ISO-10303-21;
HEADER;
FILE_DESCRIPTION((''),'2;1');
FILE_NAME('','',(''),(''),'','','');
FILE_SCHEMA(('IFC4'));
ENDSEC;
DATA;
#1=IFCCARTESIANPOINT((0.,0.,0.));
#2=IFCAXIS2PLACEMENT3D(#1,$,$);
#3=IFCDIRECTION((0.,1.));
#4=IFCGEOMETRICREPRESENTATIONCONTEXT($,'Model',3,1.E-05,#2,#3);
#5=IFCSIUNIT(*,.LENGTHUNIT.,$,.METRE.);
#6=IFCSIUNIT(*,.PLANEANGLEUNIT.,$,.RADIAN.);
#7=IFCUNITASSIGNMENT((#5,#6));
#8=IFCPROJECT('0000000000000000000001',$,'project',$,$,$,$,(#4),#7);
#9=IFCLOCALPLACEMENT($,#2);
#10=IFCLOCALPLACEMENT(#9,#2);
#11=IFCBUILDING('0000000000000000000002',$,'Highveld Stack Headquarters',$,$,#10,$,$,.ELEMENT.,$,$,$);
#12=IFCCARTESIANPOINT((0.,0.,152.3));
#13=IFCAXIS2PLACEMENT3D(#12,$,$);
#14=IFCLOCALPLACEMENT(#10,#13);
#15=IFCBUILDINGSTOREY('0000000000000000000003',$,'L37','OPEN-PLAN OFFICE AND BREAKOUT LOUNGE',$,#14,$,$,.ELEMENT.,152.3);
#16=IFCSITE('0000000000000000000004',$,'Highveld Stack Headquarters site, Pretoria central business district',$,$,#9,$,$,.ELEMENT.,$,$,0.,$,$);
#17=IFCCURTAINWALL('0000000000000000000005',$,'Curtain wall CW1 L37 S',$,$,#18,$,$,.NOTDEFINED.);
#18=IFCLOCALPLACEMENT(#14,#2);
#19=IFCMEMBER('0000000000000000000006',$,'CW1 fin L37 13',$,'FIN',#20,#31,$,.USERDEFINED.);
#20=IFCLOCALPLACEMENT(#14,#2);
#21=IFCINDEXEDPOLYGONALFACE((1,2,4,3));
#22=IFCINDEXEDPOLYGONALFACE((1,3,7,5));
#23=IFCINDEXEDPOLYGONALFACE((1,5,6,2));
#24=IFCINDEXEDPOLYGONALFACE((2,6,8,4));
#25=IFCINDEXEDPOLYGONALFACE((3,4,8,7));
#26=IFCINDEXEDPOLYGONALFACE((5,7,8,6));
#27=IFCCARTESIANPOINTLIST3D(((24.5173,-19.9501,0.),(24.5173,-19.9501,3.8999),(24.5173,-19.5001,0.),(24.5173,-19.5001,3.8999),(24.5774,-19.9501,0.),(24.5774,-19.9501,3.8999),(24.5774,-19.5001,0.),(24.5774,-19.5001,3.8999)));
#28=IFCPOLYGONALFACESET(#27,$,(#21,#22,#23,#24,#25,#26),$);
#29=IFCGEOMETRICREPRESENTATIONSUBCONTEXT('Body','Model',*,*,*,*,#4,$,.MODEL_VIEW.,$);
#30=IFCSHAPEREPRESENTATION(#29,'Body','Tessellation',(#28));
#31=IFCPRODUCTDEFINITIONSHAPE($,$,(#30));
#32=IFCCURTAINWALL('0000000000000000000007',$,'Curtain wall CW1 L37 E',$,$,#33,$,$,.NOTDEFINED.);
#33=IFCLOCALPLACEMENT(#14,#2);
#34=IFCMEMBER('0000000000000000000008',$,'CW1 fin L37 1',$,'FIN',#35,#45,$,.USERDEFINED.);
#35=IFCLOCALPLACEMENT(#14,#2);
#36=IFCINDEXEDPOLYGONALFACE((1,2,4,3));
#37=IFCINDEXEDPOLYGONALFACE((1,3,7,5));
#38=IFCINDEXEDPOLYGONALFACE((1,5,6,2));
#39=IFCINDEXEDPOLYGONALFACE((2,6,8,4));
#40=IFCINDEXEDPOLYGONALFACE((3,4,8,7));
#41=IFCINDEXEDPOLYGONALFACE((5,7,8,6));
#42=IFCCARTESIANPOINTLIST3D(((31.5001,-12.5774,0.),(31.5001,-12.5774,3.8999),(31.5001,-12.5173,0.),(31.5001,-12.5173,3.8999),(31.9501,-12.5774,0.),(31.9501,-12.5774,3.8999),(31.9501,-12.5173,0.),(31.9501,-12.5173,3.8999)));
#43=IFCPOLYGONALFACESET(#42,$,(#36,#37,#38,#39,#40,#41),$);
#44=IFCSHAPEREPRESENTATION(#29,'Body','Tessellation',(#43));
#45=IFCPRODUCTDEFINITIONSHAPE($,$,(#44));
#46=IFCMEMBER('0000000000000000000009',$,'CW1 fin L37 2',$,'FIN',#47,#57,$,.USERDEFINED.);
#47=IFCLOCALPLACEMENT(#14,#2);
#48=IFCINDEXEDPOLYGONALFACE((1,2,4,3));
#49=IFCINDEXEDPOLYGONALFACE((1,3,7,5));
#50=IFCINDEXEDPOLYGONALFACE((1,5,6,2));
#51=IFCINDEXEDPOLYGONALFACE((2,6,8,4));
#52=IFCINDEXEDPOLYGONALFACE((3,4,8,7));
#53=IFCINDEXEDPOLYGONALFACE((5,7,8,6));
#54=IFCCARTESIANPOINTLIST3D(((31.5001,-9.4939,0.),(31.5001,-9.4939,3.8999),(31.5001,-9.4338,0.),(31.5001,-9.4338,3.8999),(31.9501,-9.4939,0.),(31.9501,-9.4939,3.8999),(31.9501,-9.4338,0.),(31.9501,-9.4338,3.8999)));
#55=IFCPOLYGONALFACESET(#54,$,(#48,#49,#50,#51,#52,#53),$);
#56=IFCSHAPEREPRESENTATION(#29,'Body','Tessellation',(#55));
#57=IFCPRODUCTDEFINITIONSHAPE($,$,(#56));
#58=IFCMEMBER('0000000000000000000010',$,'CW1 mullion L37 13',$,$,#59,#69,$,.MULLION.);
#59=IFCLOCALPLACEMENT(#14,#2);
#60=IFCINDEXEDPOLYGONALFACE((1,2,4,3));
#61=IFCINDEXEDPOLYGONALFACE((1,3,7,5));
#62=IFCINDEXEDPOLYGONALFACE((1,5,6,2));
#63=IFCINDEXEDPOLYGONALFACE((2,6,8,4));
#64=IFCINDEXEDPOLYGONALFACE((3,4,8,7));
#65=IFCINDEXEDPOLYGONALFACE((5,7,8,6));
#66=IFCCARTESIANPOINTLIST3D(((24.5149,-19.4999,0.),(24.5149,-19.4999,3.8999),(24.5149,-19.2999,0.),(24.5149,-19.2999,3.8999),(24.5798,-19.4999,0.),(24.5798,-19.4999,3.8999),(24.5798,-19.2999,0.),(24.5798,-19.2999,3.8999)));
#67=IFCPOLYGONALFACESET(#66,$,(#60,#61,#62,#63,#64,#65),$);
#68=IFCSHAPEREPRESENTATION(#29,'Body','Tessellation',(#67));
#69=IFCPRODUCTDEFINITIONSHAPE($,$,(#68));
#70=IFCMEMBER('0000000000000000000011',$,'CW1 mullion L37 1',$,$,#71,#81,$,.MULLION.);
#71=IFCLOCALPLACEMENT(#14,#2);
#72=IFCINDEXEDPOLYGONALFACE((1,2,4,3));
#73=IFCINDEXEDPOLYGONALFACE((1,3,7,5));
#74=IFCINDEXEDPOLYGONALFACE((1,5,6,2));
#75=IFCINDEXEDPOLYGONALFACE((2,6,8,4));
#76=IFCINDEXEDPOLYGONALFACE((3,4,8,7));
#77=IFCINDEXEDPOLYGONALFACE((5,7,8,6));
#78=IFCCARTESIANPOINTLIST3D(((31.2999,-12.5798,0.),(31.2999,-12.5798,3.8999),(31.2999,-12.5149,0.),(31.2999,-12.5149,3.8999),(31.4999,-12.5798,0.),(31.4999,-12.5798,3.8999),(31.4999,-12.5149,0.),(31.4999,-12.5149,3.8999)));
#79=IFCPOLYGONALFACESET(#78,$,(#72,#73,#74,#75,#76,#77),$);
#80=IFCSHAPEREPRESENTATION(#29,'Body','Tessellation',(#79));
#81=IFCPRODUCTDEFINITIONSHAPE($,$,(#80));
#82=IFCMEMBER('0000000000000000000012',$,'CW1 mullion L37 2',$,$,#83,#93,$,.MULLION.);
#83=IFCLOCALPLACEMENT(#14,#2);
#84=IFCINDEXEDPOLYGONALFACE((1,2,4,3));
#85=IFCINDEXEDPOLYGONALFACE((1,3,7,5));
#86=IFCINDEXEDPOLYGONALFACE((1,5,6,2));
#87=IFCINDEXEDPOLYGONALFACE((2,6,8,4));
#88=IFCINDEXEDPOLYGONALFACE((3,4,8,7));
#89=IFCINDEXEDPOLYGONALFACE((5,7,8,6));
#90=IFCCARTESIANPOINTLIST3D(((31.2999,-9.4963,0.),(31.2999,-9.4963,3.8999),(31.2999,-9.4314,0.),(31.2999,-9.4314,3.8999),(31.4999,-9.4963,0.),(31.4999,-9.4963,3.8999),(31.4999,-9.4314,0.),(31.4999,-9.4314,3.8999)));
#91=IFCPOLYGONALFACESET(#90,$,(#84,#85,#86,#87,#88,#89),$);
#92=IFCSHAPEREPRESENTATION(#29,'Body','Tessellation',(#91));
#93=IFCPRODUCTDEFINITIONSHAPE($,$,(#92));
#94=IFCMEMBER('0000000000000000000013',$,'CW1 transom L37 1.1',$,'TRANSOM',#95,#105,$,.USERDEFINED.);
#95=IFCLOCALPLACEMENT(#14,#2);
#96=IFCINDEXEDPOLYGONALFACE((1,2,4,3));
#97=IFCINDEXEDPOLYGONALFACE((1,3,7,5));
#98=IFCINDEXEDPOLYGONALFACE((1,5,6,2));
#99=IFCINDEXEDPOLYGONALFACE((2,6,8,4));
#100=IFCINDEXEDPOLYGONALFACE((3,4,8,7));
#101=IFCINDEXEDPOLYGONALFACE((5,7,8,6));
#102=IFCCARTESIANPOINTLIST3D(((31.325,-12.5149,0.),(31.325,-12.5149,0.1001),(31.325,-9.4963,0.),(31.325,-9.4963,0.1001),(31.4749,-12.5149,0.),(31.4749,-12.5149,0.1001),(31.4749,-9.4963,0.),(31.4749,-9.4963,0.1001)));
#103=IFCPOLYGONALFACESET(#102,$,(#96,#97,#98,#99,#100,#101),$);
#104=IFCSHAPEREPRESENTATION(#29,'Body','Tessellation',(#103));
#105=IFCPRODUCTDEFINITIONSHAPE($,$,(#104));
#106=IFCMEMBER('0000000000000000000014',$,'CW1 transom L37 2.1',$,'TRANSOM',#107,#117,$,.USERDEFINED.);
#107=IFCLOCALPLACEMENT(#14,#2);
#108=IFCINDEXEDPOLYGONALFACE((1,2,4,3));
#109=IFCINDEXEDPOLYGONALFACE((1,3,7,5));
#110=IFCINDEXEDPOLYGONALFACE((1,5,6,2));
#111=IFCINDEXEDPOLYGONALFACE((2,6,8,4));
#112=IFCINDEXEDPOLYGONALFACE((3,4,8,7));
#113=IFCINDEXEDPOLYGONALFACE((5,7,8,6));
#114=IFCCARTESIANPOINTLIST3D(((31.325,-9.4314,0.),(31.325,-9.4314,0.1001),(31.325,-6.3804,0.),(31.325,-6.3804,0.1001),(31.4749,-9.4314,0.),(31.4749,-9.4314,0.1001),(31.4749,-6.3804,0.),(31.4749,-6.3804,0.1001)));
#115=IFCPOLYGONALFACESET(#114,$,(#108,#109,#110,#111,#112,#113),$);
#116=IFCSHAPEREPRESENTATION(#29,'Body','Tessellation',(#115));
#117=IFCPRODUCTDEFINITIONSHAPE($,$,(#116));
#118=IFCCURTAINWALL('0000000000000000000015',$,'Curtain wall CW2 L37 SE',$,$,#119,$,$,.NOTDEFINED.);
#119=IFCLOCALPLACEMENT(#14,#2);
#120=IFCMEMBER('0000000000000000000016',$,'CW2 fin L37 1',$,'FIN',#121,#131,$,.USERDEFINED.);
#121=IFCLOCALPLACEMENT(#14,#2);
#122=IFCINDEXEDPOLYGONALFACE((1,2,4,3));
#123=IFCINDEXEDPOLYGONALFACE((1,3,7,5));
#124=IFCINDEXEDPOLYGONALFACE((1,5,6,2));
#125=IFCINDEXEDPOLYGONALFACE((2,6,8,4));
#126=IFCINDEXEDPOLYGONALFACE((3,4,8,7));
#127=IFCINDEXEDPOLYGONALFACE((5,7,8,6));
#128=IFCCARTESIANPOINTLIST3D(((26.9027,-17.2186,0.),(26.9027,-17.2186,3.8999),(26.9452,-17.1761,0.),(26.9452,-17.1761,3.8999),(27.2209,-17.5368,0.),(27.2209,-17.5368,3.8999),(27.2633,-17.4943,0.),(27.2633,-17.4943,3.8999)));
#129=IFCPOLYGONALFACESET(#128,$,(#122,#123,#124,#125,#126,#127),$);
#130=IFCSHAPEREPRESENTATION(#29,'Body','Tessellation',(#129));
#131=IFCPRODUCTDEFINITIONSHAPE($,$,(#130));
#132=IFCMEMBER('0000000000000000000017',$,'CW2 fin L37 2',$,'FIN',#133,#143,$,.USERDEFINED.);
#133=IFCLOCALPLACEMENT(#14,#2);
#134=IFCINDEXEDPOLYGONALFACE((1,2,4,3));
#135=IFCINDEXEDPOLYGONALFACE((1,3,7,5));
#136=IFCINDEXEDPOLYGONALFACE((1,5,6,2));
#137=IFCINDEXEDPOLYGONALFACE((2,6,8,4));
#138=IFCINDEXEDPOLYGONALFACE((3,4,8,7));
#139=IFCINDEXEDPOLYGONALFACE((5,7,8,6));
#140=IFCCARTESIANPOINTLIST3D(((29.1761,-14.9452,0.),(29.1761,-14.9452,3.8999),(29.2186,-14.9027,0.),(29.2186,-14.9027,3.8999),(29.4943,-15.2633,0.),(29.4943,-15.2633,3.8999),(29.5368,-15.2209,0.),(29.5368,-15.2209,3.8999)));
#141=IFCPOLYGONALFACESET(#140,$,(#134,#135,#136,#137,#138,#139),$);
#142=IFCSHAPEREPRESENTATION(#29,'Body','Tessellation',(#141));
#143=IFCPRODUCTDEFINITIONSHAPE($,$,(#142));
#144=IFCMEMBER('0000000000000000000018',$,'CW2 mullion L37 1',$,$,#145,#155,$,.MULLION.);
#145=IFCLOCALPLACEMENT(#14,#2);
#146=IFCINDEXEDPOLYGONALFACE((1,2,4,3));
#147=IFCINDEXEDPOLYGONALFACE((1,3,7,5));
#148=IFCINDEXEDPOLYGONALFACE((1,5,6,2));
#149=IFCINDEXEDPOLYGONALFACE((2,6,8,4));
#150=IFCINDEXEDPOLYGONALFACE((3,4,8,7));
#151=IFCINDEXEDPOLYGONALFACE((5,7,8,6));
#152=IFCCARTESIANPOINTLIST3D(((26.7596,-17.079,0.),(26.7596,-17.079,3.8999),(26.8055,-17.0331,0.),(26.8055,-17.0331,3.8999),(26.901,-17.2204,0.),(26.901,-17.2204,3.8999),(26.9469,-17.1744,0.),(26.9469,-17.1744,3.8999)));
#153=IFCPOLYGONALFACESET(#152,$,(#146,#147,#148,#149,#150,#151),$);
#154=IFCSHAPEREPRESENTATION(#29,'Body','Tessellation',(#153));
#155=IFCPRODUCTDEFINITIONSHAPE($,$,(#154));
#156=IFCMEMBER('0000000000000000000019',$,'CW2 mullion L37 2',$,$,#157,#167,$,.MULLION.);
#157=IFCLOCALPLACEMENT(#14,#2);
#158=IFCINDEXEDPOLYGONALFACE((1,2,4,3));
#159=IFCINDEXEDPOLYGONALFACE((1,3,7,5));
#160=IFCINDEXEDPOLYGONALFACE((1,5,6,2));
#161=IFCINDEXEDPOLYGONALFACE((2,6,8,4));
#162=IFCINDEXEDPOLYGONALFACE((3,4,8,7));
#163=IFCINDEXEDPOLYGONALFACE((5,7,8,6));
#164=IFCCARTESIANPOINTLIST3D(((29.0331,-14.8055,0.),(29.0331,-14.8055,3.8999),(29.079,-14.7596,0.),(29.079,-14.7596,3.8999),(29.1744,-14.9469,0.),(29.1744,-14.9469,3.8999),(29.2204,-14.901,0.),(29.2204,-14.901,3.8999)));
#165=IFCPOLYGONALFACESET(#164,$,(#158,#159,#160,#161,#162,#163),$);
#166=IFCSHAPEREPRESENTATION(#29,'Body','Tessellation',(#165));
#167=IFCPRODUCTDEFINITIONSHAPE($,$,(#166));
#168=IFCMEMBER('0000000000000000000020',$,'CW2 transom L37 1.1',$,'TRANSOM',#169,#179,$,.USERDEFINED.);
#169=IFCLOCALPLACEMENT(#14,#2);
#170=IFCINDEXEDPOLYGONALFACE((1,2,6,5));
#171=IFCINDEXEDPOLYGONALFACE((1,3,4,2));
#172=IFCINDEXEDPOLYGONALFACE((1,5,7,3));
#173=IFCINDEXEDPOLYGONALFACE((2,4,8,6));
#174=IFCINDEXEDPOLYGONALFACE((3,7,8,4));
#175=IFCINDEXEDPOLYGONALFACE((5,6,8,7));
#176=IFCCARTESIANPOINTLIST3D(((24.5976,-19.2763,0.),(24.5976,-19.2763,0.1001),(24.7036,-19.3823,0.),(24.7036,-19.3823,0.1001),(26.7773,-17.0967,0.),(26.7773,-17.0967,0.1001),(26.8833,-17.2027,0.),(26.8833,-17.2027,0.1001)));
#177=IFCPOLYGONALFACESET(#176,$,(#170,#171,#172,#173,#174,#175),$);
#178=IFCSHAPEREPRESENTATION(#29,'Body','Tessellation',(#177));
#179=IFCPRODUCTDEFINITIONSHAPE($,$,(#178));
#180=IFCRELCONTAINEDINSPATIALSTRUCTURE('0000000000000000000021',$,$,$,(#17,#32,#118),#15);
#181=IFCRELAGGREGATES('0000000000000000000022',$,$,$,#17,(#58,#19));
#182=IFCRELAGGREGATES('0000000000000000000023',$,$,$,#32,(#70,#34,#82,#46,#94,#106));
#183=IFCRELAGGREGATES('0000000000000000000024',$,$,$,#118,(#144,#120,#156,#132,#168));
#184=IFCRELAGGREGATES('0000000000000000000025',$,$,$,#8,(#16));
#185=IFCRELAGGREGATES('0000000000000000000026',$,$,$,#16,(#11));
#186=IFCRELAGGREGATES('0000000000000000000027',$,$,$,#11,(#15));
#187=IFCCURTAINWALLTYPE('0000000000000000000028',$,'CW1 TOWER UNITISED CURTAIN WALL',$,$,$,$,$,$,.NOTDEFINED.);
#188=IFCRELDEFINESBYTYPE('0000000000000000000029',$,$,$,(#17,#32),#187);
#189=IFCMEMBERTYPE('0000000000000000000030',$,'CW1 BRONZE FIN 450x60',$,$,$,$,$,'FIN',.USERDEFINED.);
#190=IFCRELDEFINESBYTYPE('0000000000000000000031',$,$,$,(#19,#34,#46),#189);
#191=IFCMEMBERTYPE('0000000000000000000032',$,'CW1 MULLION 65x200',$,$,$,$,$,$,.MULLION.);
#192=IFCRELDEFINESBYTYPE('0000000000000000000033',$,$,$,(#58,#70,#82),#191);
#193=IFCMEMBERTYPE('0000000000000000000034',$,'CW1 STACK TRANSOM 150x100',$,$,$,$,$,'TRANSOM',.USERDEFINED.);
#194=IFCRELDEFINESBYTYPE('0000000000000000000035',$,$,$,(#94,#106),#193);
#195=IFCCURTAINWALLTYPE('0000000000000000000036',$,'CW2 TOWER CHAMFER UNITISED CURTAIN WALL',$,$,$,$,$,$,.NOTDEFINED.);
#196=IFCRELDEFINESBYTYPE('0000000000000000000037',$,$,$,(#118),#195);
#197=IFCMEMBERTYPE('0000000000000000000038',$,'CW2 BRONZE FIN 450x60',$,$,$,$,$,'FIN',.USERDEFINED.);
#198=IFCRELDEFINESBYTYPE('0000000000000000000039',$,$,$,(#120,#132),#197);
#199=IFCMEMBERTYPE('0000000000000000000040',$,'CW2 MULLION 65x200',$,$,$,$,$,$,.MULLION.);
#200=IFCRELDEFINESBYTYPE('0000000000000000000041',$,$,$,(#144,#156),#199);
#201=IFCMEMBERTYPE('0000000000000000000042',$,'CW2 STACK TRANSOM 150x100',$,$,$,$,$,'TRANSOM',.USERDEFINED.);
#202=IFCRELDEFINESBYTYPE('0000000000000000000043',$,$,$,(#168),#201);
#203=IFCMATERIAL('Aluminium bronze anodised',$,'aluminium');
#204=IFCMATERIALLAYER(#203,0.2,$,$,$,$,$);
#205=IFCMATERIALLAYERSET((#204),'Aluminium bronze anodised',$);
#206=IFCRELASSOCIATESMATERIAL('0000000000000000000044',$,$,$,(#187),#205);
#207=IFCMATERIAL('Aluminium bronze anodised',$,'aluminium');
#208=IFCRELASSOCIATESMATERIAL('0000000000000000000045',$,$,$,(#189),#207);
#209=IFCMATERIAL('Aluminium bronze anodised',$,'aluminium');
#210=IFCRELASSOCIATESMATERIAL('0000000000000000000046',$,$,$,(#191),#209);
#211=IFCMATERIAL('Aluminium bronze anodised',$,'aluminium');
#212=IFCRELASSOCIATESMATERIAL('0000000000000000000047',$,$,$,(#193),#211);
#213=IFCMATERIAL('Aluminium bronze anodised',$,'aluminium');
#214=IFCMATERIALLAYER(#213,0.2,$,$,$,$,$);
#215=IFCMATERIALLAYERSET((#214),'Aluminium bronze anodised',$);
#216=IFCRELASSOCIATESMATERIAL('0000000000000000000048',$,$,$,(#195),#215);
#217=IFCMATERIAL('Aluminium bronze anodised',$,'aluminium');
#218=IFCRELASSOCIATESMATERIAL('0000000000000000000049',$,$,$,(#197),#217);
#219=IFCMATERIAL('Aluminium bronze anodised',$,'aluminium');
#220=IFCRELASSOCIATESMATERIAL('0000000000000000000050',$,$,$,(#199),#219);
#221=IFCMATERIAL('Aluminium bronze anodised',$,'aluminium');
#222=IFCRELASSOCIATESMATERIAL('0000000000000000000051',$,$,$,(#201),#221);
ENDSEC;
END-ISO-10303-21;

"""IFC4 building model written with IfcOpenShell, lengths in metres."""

from ifc_helpers import new_model, si_unit, direction, frame, origin, origin_2d, place, context, subcontext, project, spatial, rectangle, extrude, material, layer, layer_set, material_profile, profile_set, type_object, element, aggregate, save


model = new_model("IFC4")

# Units and contexts
model_context = context("Model", 3, precision=1e-05, world=origin(), true_north=direction((0.0, 1.0)))
body_context = subcontext(model_context, "Body", "Model", "MODEL_VIEW")
ifc_project = project(units=[si_unit("LENGTHUNIT", "METRE"), si_unit("PLANEANGLEUNIT", "RADIAN")], contexts=[model_context])

# Site, building, storey
site_placement = place(None, origin())
site = spatial("IfcSite", under=ifc_project, at=site_placement, Name="Highveld Stack Headquarters site, Pretoria central business district", CompositionType="ELEMENT", RefElevation=0.0)
building_placement = place(site_placement, origin())
building = spatial("IfcBuilding", under=site, at=building_placement, Name="Highveld Stack Headquarters", CompositionType="ELEMENT")
storey_placement = place(building_placement, frame((0.0, 0.0, 152.3)))
storey = spatial("IfcBuildingStorey", under=building, at=storey_placement, Name="L37", Description="OPEN-PLAN OFFICE AND BREAKOUT LOUNGE", CompositionType="ELEMENT", Elevation=152.3)

# Curtain wall, member
ifc_material_1 = material(Name="Aluminium bronze anodised", Category="aluminium")
ifc_layer_1 = layer(ifc_material_1, 0.2)
ifc_layer_set_1 = layer_set([ifc_layer_1], Name="Aluminium bronze anodised")
curtain_wall_type_1 = type_object("IfcCurtainWallType", Name="CW1 TOWER UNITISED CURTAIN WALL", PredefinedType="NOTDEFINED", material=ifc_layer_set_1)
curtain_wall_1_placement = place(storey_placement, origin())
curtain_wall_1 = element("IfcCurtainWall", 1, at=curtain_wall_1_placement, inside=storey, type_object=curtain_wall_type_1, Name="Curtain wall CW1 L37 S", PredefinedType="NOTDEFINED")
ifc_material_2 = material(Name="Aluminium bronze anodised", Category="aluminium")
ifc_material_profile_1 = material_profile(ifc_material_2, rectangle(XDim=0.45, YDim=0.0601, at=origin_2d()), Name="FIN 450x60")
ifc_profile_set_1 = profile_set([ifc_material_profile_1], Name="Aluminium bronze anodised")
member_type_1 = type_object("IfcMemberType", Name="CW1 BRONZE FIN 450x60", ElementType="FIN", PredefinedType="USERDEFINED", material=ifc_profile_set_1)
member_1_placement = place(storey_placement, frame((24.5474, -19.7251, 0.0), z_axis=(0.0, 0.0, 1.0), x_axis=(0.0, 1.0, 0.0)))
member_1 = element("IfcMember", 2, at=member_1_placement, type_object=member_type_1, Name="CW1 fin L37 13", ObjectType="FIN", PredefinedType="USERDEFINED", context=body_context, shape_type="SweptSolid", body=[
    extrude(rectangle(XDim=0.45, YDim=0.0601, at=origin_2d()), origin(), (0.0, 0.0, 1.0), 3.8999),
])

# Curtain wall, members
curtain_wall_2_placement = place(storey_placement, origin())
curtain_wall_2 = element("IfcCurtainWall", 3, at=curtain_wall_2_placement, inside=storey, type_object=curtain_wall_type_1, Name="Curtain wall CW1 L37 E", PredefinedType="NOTDEFINED")
member_2_placement = place(storey_placement, frame((31.7251, -12.5474, 0.0), z_axis=(0.0, 0.0, 1.0), x_axis=(-1.0, 0.0, 0.0)))
member_2 = element("IfcMember", 4, at=member_2_placement, type_object=member_type_1, Name="CW1 fin L37 1", ObjectType="FIN", PredefinedType="USERDEFINED", context=body_context, shape_type="SweptSolid", body=[
    extrude(rectangle(XDim=0.45, YDim=0.0601, at=origin_2d()), origin(), (0.0, 0.0, 1.0), 3.8999),
])
member_3_placement = place(storey_placement, frame((31.7251, -9.4639, 0.0), z_axis=(0.0, 0.0, 1.0), x_axis=(-1.0, 0.0, 0.0)))
member_3 = element("IfcMember", 5, at=member_3_placement, type_object=member_type_1, Name="CW1 fin L37 2", ObjectType="FIN", PredefinedType="USERDEFINED", context=body_context, shape_type="SweptSolid", body=[
    extrude(rectangle(XDim=0.45, YDim=0.0601, at=origin_2d()), origin(), (0.0, 0.0, 1.0), 3.8999),
])

# Members
ifc_material_3 = material(Name="Aluminium bronze anodised", Category="aluminium")
ifc_material_profile_2 = material_profile(ifc_material_3, rectangle(XDim=0.2, YDim=0.0649, at=origin_2d()), Name="CW1 MULLION 65x200")
ifc_profile_set_2 = profile_set([ifc_material_profile_2], Name="Aluminium bronze anodised")
member_type_2 = type_object("IfcMemberType", Name="CW1 MULLION 65x200", PredefinedType="MULLION", material=ifc_profile_set_2)
member_4_placement = place(storey_placement, frame((24.5474, -19.3999, 0.0), z_axis=(0.0, 0.0, 1.0), x_axis=(0.0, 1.0, 0.0)))
member_4 = element("IfcMember", 6, at=member_4_placement, type_object=member_type_2, Name="CW1 mullion L37 13", PredefinedType="MULLION", context=body_context, shape_type="SweptSolid", body=[
    extrude(rectangle(XDim=0.2, YDim=0.0649, at=origin_2d()), origin(), (0.0, 0.0, 1.0), 3.8999),
])
aggregate(curtain_wall_1, [member_4, member_1])
member_5_placement = place(storey_placement, frame((31.3999, -12.5474, 0.0), z_axis=(0.0, 0.0, 1.0), x_axis=(-1.0, 0.0, 0.0)))
member_5 = element("IfcMember", 7, at=member_5_placement, type_object=member_type_2, Name="CW1 mullion L37 1", PredefinedType="MULLION", context=body_context, shape_type="SweptSolid", body=[
    extrude(rectangle(XDim=0.2, YDim=0.0649, at=origin_2d()), origin(), (0.0, 0.0, 1.0), 3.8999),
])
member_6_placement = place(storey_placement, frame((31.3999, -9.4639, 0.0), z_axis=(0.0, 0.0, 1.0), x_axis=(-1.0, 0.0, 0.0)))
member_6 = element("IfcMember", 8, at=member_6_placement, type_object=member_type_2, Name="CW1 mullion L37 2", PredefinedType="MULLION", context=body_context, shape_type="SweptSolid", body=[
    extrude(rectangle(XDim=0.2, YDim=0.0649, at=origin_2d()), origin(), (0.0, 0.0, 1.0), 3.8999),
])
ifc_material_4 = material(Name="Aluminium bronze anodised", Category="aluminium")
ifc_material_profile_3 = material_profile(ifc_material_4, rectangle(XDim=0.1499, YDim=0.1001, at=origin_2d()), Name="CW1 TRANSOM 150x100")
ifc_profile_set_3 = profile_set([ifc_material_profile_3], Name="Aluminium bronze anodised")
member_type_3 = type_object("IfcMemberType", Name="CW1 STACK TRANSOM 150x100", ElementType="TRANSOM", PredefinedType="USERDEFINED", material=ifc_profile_set_3)
member_7_placement = place(storey_placement, frame((31.3999, -12.5149, 0.05), z_axis=(0.0, 1.0, 0.0), x_axis=(-1.0, 0.0, 0.0)))
member_7 = element("IfcMember", 9, at=member_7_placement, type_object=member_type_3, Name="CW1 transom L37 1.1", ObjectType="TRANSOM", PredefinedType="USERDEFINED", context=body_context, shape_type="SweptSolid", body=[
    extrude(rectangle(XDim=0.1499, YDim=0.1001, at=origin_2d()), origin(), (0.0, 0.0, 1.0), 3.0186),
])
member_8_placement = place(storey_placement, frame((31.3999, -9.4314, 0.05), z_axis=(0.0, 1.0, 0.0), x_axis=(-1.0, 0.0, 0.0)))
member_8 = element("IfcMember", 10, at=member_8_placement, type_object=member_type_3, Name="CW1 transom L37 2.1", ObjectType="TRANSOM", PredefinedType="USERDEFINED", context=body_context, shape_type="SweptSolid", body=[
    extrude(rectangle(XDim=0.1499, YDim=0.1001, at=origin_2d()), origin(), (0.0, 0.0, 1.0), 3.051),
])

# Curtain wall, members
ifc_material_5 = material(Name="Aluminium bronze anodised", Category="aluminium")
ifc_layer_2 = layer(ifc_material_5, 0.2)
ifc_layer_set_2 = layer_set([ifc_layer_2], Name="Aluminium bronze anodised")
curtain_wall_type_2 = type_object("IfcCurtainWallType", Name="CW2 TOWER CHAMFER UNITISED CURTAIN WALL", PredefinedType="NOTDEFINED", material=ifc_layer_set_2)
curtain_wall_3_placement = place(storey_placement, origin())
curtain_wall_3 = element("IfcCurtainWall", 11, at=curtain_wall_3_placement, inside=storey, type_object=curtain_wall_type_2, Name="Curtain wall CW2 L37 SE", PredefinedType="NOTDEFINED")
ifc_material_6 = material(Name="Aluminium bronze anodised", Category="aluminium")
ifc_material_profile_4 = material_profile(ifc_material_6, rectangle(XDim=0.45, YDim=0.0601, at=origin_2d()), Name="FIN 450x60")
ifc_profile_set_4 = profile_set([ifc_material_profile_4], Name="Aluminium bronze anodised")
member_type_4 = type_object("IfcMemberType", Name="CW2 BRONZE FIN 450x60", ElementType="FIN", PredefinedType="USERDEFINED", material=ifc_profile_set_4)
member_9_placement = place(storey_placement, frame((27.083, -17.3564, 0.0), z_axis=(0.0, 0.0, 1.0), x_axis=(-0.707107, 0.707107, 0.0)))
member_9 = element("IfcMember", 12, at=member_9_placement, type_object=member_type_4, Name="CW2 fin L37 1", ObjectType="FIN", PredefinedType="USERDEFINED", context=body_context, shape_type="SweptSolid", body=[
    extrude(rectangle(XDim=0.45, YDim=0.0601, at=origin_2d()), origin(), (0.0, 0.0, 1.0), 3.8999),
])
member_10_placement = place(storey_placement, frame((29.3564, -15.083, 0.0), z_axis=(0.0, 0.0, 1.0), x_axis=(-0.707107, 0.707107, 0.0)))
member_10 = element("IfcMember", 13, at=member_10_placement, type_object=member_type_4, Name="CW2 fin L37 2", ObjectType="FIN", PredefinedType="USERDEFINED", context=body_context, shape_type="SweptSolid", body=[
    extrude(rectangle(XDim=0.45, YDim=0.0601, at=origin_2d()), origin(), (0.0, 0.0, 1.0), 3.8999),
])
ifc_material_7 = material(Name="Aluminium bronze anodised", Category="aluminium")
ifc_material_profile_5 = material_profile(ifc_material_7, rectangle(XDim=0.2, YDim=0.0649, at=origin_2d()), Name="CW2 MULLION 65x200")
ifc_profile_set_5 = profile_set([ifc_material_profile_5], Name="Aluminium bronze anodised")
member_type_5 = type_object("IfcMemberType", Name="CW2 MULLION 65x200", PredefinedType="MULLION", material=ifc_profile_set_5)
member_11_placement = place(storey_placement, frame((26.8533, -17.1267, 0.0), z_axis=(0.0, 0.0, 1.0), x_axis=(-0.707107, 0.707107, 0.0)))
member_11 = element("IfcMember", 14, at=member_11_placement, type_object=member_type_5, Name="CW2 mullion L37 1", PredefinedType="MULLION", context=body_context, shape_type="SweptSolid", body=[
    extrude(rectangle(XDim=0.2, YDim=0.0649, at=origin_2d()), origin(), (0.0, 0.0, 1.0), 3.8999),
])
member_12_placement = place(storey_placement, frame((29.1267, -14.8533, 0.0), z_axis=(0.0, 0.0, 1.0), x_axis=(-0.707107, 0.707107, 0.0)))
member_12 = element("IfcMember", 15, at=member_12_placement, type_object=member_type_5, Name="CW2 mullion L37 2", PredefinedType="MULLION", context=body_context, shape_type="SweptSolid", body=[
    extrude(rectangle(XDim=0.2, YDim=0.0649, at=origin_2d()), origin(), (0.0, 0.0, 1.0), 3.8999),
])
ifc_material_8 = material(Name="Aluminium bronze anodised", Category="aluminium")
ifc_material_profile_6 = material_profile(ifc_material_8, rectangle(XDim=0.1499, YDim=0.1001, at=origin_2d()), Name="CW2 TRANSOM 150x100")
ifc_profile_set_6 = profile_set([ifc_material_profile_6], Name="Aluminium bronze anodised")
member_type_6 = type_object("IfcMemberType", Name="CW2 STACK TRANSOM 150x100", ElementType="TRANSOM", PredefinedType="USERDEFINED", material=ifc_profile_set_6)
member_13_placement = place(storey_placement, frame((24.6506, -19.3293, 0.05), z_axis=(0.707107, 0.707107, 0.0), x_axis=(-0.707107, 0.707107, 0.0)))
member_13 = element("IfcMember", 16, at=member_13_placement, type_object=member_type_6, Name="CW2 transom L37 1.1", ObjectType="TRANSOM", PredefinedType="USERDEFINED", context=body_context, shape_type="SweptSolid", body=[
    extrude(rectangle(XDim=0.1499, YDim=0.1001, at=origin_2d()), origin(), (0.0, 0.0, 1.0), 3.0825),
])

aggregate(curtain_wall_2, [member_5, member_2, member_6, member_3, member_7, member_8])
aggregate(curtain_wall_3, [member_11, member_9, member_12, member_10, member_13])

save(model, "model.ifc")
